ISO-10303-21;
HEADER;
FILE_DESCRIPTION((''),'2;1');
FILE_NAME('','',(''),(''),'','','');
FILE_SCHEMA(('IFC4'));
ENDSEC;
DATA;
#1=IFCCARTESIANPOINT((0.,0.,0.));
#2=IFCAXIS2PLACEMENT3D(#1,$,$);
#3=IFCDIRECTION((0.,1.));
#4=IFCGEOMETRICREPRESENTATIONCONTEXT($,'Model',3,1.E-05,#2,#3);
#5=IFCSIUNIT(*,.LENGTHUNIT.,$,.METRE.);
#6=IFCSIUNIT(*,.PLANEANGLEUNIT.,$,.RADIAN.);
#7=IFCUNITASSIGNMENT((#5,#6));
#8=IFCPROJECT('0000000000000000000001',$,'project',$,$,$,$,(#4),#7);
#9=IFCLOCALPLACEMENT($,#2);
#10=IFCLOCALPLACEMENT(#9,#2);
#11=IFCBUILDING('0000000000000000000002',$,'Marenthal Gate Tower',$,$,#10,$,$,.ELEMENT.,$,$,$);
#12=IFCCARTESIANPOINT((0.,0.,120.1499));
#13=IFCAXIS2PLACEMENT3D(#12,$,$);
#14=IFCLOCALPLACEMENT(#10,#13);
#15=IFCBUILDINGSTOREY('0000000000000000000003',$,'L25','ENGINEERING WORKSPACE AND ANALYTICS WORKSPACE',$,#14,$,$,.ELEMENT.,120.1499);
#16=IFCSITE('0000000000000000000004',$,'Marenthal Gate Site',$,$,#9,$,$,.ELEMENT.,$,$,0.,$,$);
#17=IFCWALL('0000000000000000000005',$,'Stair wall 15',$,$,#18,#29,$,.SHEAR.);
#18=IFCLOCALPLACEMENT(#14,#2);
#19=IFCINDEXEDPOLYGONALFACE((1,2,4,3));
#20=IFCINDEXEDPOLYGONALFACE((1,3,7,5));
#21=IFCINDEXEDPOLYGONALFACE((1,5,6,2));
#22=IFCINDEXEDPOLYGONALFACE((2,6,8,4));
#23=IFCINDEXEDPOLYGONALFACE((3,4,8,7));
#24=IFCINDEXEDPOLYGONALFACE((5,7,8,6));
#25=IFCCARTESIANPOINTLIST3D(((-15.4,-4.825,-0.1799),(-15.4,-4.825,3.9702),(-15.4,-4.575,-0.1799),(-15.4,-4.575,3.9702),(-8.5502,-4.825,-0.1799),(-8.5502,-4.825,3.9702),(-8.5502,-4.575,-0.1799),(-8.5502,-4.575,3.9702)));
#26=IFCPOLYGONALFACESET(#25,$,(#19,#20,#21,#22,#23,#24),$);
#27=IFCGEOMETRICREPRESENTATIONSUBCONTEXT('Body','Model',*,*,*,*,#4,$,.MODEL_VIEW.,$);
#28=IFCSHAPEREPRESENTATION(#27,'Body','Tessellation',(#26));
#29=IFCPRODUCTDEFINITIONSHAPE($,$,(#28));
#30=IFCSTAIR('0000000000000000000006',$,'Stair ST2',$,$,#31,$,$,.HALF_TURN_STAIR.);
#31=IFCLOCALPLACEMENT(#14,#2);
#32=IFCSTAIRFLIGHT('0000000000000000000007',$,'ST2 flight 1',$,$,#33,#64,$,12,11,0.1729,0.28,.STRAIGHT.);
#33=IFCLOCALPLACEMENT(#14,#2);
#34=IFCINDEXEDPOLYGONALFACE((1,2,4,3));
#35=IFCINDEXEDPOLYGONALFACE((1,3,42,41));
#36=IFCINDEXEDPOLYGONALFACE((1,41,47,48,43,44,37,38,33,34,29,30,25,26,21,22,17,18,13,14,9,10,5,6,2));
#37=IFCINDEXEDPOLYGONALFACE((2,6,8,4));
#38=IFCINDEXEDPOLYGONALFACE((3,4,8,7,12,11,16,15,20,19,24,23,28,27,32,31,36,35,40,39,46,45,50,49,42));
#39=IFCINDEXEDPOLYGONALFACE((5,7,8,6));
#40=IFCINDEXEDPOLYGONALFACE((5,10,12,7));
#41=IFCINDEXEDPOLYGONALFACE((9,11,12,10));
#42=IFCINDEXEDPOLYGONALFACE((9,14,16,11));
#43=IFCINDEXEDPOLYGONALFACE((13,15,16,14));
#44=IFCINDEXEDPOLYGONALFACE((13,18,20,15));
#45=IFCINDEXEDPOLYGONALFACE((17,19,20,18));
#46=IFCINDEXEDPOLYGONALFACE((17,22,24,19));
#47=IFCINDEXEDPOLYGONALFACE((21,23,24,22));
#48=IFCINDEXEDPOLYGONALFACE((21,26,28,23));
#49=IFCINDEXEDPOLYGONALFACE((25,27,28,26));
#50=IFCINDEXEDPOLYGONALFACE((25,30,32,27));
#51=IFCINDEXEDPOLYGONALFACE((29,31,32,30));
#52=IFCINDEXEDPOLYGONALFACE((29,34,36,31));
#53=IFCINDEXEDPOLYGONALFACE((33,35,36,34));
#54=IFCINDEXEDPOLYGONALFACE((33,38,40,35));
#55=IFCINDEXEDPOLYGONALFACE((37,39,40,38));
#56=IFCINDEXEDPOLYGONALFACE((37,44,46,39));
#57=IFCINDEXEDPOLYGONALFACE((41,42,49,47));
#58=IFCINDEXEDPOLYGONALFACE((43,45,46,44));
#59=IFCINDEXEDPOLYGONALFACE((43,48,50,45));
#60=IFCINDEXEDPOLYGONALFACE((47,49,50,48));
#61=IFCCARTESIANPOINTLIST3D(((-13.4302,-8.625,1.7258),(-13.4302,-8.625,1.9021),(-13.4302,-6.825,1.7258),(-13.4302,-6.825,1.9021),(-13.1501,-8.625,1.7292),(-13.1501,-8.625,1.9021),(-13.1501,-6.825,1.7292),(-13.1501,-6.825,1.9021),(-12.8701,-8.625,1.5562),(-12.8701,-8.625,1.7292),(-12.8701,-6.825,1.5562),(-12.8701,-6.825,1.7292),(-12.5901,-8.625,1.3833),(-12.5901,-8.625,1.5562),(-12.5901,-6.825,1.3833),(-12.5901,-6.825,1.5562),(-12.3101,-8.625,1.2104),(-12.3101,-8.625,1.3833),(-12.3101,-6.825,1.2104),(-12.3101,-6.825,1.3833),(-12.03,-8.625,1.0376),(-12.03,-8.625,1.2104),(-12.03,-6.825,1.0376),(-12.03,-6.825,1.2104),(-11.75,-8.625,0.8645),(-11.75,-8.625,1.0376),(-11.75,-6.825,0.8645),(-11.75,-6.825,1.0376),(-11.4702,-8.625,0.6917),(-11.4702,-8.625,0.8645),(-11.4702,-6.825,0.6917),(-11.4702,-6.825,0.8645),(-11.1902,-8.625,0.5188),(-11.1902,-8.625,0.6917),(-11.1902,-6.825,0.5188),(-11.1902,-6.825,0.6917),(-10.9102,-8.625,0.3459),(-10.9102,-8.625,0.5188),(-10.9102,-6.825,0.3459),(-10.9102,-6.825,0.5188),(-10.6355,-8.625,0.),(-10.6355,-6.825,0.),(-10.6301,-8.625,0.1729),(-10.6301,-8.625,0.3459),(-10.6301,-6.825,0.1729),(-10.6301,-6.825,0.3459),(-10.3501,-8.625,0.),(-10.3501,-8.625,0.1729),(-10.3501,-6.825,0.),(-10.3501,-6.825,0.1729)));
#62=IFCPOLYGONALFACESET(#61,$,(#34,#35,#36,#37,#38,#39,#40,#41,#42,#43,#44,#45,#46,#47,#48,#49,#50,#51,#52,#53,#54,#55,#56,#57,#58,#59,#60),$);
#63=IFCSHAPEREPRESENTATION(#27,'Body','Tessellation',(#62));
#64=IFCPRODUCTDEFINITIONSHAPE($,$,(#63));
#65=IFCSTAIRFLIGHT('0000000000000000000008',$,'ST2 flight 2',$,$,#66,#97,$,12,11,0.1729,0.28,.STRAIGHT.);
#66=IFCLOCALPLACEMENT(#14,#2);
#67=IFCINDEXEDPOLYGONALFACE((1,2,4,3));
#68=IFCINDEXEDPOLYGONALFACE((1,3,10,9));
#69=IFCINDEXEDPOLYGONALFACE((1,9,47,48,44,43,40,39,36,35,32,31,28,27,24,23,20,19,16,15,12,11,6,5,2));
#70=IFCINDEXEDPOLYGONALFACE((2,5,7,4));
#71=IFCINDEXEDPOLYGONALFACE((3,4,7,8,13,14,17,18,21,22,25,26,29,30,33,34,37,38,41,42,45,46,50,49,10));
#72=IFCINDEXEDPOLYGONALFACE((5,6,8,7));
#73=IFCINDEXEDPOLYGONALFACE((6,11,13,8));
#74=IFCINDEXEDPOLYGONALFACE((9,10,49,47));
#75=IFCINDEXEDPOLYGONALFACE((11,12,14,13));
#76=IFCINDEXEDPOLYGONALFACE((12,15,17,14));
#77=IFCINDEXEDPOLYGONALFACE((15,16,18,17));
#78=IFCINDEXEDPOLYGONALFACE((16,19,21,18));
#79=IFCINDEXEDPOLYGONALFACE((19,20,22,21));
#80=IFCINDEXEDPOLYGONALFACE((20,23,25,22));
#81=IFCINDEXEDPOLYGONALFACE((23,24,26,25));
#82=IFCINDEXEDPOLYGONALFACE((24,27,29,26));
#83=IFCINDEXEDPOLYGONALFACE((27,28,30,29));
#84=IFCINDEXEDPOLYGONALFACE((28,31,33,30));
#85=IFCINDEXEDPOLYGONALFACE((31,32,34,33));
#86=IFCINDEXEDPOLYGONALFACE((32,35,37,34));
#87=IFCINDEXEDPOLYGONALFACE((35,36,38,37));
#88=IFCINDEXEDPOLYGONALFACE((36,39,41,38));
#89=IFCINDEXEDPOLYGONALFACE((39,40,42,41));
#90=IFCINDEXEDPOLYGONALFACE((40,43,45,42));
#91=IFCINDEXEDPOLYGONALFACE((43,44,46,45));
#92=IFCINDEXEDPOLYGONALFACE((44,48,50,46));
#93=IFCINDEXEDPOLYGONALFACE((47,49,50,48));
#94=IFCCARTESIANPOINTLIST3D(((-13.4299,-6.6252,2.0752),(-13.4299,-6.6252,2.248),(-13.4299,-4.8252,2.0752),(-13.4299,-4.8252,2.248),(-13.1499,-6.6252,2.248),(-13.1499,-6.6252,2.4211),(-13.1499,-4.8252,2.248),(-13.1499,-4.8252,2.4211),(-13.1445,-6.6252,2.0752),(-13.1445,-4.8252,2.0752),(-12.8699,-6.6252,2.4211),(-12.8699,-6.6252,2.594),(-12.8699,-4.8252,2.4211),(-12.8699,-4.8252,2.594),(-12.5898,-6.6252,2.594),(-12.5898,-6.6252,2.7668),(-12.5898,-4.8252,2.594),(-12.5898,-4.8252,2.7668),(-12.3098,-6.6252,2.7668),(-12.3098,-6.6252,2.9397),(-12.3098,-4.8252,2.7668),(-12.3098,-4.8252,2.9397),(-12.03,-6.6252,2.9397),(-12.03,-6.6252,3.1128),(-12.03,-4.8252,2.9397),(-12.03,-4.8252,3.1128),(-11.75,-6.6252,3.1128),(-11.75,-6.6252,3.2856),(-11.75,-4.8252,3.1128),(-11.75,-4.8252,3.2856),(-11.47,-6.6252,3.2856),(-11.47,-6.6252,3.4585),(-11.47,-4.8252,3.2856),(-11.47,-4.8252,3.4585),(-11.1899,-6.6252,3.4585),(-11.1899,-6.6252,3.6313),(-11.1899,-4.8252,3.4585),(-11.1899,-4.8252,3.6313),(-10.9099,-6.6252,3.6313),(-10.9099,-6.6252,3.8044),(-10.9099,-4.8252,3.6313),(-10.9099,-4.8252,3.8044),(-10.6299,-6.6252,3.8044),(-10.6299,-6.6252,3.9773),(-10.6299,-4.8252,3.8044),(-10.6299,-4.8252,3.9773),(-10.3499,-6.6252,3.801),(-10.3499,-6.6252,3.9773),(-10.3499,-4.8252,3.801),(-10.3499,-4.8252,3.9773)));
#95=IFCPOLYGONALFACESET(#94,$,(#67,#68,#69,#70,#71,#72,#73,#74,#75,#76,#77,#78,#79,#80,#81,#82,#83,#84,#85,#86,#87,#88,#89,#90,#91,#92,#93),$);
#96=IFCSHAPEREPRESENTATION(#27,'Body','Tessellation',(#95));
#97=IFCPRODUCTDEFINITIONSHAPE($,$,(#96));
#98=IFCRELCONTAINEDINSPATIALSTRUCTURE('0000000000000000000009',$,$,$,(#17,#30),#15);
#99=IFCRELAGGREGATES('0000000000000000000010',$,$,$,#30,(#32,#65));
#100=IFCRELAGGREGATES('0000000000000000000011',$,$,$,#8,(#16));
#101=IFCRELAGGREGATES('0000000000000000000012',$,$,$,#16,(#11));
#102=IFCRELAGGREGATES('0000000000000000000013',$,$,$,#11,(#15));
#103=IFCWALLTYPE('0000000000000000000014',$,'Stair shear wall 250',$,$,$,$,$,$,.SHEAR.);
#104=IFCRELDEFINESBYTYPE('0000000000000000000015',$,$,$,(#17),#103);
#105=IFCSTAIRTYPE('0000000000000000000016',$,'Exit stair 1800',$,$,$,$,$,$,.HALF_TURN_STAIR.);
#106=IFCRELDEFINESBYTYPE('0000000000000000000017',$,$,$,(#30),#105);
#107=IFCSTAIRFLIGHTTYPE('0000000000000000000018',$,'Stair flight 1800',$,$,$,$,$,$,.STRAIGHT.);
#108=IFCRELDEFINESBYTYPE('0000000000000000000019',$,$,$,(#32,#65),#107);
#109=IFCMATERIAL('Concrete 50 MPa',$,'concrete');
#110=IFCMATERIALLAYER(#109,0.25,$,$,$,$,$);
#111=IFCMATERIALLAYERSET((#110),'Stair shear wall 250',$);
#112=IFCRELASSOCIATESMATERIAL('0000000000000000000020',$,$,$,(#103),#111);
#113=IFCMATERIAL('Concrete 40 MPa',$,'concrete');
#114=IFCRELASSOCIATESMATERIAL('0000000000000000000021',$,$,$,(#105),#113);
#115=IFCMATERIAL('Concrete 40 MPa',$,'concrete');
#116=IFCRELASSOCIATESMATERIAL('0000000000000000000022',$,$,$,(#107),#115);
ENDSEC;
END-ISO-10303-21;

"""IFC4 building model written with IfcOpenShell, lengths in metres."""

from ifc_helpers import new_model, si_unit, direction, frame, frame_2d, origin, place, context, subcontext, project, spatial, polyline, rectangle, outline, extrude, material, layer, layer_set, type_object, element, aggregate, save


model = new_model("IFC4")

# Units and contexts
model_context = context("Model", 3, precision=1e-05, world=origin(), true_north=direction((0.0, 1.0)))
body_context = subcontext(model_context, "Body", "Model", "MODEL_VIEW")
ifc_project = project(units=[si_unit("LENGTHUNIT", "METRE"), si_unit("PLANEANGLEUNIT", "RADIAN")], contexts=[model_context])

# Site, building, storey
site_placement = place(None, origin())
site = spatial("IfcSite", under=ifc_project, at=site_placement, Name="Marenthal Gate Site", CompositionType="ELEMENT", RefElevation=0.0)
building_placement = place(site_placement, origin())
building = spatial("IfcBuilding", under=site, at=building_placement, Name="Marenthal Gate Tower", CompositionType="ELEMENT")
storey_placement = place(building_placement, frame((0.0, 0.0, 120.1499)))
storey = spatial("IfcBuildingStorey", under=building, at=storey_placement, Name="L25", Description="ENGINEERING WORKSPACE AND ANALYTICS WORKSPACE", CompositionType="ELEMENT", Elevation=120.1499)

# Wall
ifc_material_1 = material(Name="Concrete 50 MPa", Category="concrete")
ifc_layer_1 = layer(ifc_material_1, 0.25)
ifc_layer_set_1 = layer_set([ifc_layer_1], Name="Stair shear wall 250")
wall_type_1 = type_object("IfcWallType", Name="Stair shear wall 250", PredefinedType="SHEAR", material=ifc_layer_set_1)
wall_1_placement = place(storey_placement, frame((-15.3999, -4.7, -0.1799), z_axis=(0.0, 0.0, 1.0), x_axis=(1.0, 0.0, 0.0)))
element("IfcWall", 1, at=wall_1_placement, inside=storey, type_object=wall_type_1, Name="Stair wall 15", PredefinedType="SHEAR", context=body_context, shape_type="SweptSolid", body=[
    extrude(rectangle(XDim=6.8499, YDim=0.25, at=frame_2d((3.4248, 0.0))), origin(), (0.0, 0.0, 1.0), 4.1501),
])

# Stair, stair flights
ifc_material_2 = material(Name="Concrete 40 MPa", Category="concrete")
stair_type = type_object("IfcStairType", Name="Exit stair 1800", PredefinedType="HALF_TURN_STAIR", material=ifc_material_2)
stair_placement = place(storey_placement, origin())
stair = element("IfcStair", 2, at=stair_placement, inside=storey, type_object=stair_type, Name="Stair ST2", PredefinedType="HALF_TURN_STAIR")
ifc_material_3 = material(Name="Concrete 40 MPa", Category="concrete")
stair_flight_type = type_object("IfcStairFlightType", Name="Stair flight 1800", PredefinedType="STRAIGHT", material=ifc_material_3)
stair_flight_1_placement = place(storey_placement, frame((-10.3501, -7.7251, 0.0), z_axis=(0.0, 0.0, 1.0), x_axis=(-1.0, 0.0, 0.0)))
stair_flight_1 = element("IfcStairFlight", 3, at=stair_flight_1_placement, type_object=stair_flight_type, Name="ST2 flight 1", NumberOfRisers=12, NumberOfTreads=11, PredefinedType="STRAIGHT", RiserHeight=0.1729, TreadLength=0.28, context=body_context, shape_type="SweptSolid", body=[
    extrude(outline(polyline([(0.0, 0.0), (0.0, 0.1729), (0.28, 0.1729), (0.28, 0.3459), (0.5601, 0.3459), (0.5601, 0.5188), (0.8401, 0.5188), (0.8401, 0.6917), (1.1201, 0.6917), (1.1201, 0.8645), (1.3999, 0.8645), (1.3999, 1.0376), (1.6799, 1.0376), (1.6799, 1.2104), (1.96, 1.2104), (1.96, 1.3833), (2.24, 1.3833), (2.24, 1.5562), (2.52, 1.5562), (2.52, 1.7292), (2.8, 1.7292), (2.8, 1.9021), (3.0801, 1.9021), (3.0801, 2.075), (3.0801, 1.7258), (0.2854, 0.0), (0.0, 0.0)])), frame((0.0, 0.8999, 0.0), z_axis=(0.0, -1.0, 0.0), x_axis=(1.0, 0.0, 0.0)), (0.0, 0.0, 1.0), 1.8),
])
stair_flight_2_placement = place(storey_placement, frame((-13.4299, -5.7251, 2.0752), z_axis=(0.0, 0.0, 1.0), x_axis=(1.0, 0.0, 0.0)))
stair_flight_2 = element("IfcStairFlight", 4, at=stair_flight_2_placement, type_object=stair_flight_type, Name="ST2 flight 2", NumberOfRisers=12, NumberOfTreads=11, PredefinedType="STRAIGHT", RiserHeight=0.1729, TreadLength=0.28, context=body_context, shape_type="SweptSolid", body=[
    extrude(outline(polyline([(0.0, 0.0), (0.0, 0.1729), (0.28, 0.1729), (0.28, 0.3459), (0.5601, 0.3459), (0.5601, 0.5188), (0.8401, 0.5188), (0.8401, 0.6917), (1.1201, 0.6917), (1.1201, 0.8645), (1.3999, 0.8645), (1.3999, 1.0376), (1.6799, 1.0376), (1.6799, 1.2104), (1.96, 1.2104), (1.96, 1.3833), (2.24, 1.3833), (2.24, 1.5562), (2.52, 1.5562), (2.52, 1.7292), (2.8, 1.7292), (2.8, 1.9021), (3.0801, 1.9021), (3.0801, 2.075), (3.0801, 1.7258), (0.2854, 0.0), (0.0, 0.0)])), frame((0.0, 0.8999, 0.0), z_axis=(0.0, -1.0, 0.0), x_axis=(1.0, 0.0, 0.0)), (0.0, 0.0, 1.0), 1.8),
])
aggregate(stair, [stair_flight_1, stair_flight_2])

save(model, "model.ifc")
